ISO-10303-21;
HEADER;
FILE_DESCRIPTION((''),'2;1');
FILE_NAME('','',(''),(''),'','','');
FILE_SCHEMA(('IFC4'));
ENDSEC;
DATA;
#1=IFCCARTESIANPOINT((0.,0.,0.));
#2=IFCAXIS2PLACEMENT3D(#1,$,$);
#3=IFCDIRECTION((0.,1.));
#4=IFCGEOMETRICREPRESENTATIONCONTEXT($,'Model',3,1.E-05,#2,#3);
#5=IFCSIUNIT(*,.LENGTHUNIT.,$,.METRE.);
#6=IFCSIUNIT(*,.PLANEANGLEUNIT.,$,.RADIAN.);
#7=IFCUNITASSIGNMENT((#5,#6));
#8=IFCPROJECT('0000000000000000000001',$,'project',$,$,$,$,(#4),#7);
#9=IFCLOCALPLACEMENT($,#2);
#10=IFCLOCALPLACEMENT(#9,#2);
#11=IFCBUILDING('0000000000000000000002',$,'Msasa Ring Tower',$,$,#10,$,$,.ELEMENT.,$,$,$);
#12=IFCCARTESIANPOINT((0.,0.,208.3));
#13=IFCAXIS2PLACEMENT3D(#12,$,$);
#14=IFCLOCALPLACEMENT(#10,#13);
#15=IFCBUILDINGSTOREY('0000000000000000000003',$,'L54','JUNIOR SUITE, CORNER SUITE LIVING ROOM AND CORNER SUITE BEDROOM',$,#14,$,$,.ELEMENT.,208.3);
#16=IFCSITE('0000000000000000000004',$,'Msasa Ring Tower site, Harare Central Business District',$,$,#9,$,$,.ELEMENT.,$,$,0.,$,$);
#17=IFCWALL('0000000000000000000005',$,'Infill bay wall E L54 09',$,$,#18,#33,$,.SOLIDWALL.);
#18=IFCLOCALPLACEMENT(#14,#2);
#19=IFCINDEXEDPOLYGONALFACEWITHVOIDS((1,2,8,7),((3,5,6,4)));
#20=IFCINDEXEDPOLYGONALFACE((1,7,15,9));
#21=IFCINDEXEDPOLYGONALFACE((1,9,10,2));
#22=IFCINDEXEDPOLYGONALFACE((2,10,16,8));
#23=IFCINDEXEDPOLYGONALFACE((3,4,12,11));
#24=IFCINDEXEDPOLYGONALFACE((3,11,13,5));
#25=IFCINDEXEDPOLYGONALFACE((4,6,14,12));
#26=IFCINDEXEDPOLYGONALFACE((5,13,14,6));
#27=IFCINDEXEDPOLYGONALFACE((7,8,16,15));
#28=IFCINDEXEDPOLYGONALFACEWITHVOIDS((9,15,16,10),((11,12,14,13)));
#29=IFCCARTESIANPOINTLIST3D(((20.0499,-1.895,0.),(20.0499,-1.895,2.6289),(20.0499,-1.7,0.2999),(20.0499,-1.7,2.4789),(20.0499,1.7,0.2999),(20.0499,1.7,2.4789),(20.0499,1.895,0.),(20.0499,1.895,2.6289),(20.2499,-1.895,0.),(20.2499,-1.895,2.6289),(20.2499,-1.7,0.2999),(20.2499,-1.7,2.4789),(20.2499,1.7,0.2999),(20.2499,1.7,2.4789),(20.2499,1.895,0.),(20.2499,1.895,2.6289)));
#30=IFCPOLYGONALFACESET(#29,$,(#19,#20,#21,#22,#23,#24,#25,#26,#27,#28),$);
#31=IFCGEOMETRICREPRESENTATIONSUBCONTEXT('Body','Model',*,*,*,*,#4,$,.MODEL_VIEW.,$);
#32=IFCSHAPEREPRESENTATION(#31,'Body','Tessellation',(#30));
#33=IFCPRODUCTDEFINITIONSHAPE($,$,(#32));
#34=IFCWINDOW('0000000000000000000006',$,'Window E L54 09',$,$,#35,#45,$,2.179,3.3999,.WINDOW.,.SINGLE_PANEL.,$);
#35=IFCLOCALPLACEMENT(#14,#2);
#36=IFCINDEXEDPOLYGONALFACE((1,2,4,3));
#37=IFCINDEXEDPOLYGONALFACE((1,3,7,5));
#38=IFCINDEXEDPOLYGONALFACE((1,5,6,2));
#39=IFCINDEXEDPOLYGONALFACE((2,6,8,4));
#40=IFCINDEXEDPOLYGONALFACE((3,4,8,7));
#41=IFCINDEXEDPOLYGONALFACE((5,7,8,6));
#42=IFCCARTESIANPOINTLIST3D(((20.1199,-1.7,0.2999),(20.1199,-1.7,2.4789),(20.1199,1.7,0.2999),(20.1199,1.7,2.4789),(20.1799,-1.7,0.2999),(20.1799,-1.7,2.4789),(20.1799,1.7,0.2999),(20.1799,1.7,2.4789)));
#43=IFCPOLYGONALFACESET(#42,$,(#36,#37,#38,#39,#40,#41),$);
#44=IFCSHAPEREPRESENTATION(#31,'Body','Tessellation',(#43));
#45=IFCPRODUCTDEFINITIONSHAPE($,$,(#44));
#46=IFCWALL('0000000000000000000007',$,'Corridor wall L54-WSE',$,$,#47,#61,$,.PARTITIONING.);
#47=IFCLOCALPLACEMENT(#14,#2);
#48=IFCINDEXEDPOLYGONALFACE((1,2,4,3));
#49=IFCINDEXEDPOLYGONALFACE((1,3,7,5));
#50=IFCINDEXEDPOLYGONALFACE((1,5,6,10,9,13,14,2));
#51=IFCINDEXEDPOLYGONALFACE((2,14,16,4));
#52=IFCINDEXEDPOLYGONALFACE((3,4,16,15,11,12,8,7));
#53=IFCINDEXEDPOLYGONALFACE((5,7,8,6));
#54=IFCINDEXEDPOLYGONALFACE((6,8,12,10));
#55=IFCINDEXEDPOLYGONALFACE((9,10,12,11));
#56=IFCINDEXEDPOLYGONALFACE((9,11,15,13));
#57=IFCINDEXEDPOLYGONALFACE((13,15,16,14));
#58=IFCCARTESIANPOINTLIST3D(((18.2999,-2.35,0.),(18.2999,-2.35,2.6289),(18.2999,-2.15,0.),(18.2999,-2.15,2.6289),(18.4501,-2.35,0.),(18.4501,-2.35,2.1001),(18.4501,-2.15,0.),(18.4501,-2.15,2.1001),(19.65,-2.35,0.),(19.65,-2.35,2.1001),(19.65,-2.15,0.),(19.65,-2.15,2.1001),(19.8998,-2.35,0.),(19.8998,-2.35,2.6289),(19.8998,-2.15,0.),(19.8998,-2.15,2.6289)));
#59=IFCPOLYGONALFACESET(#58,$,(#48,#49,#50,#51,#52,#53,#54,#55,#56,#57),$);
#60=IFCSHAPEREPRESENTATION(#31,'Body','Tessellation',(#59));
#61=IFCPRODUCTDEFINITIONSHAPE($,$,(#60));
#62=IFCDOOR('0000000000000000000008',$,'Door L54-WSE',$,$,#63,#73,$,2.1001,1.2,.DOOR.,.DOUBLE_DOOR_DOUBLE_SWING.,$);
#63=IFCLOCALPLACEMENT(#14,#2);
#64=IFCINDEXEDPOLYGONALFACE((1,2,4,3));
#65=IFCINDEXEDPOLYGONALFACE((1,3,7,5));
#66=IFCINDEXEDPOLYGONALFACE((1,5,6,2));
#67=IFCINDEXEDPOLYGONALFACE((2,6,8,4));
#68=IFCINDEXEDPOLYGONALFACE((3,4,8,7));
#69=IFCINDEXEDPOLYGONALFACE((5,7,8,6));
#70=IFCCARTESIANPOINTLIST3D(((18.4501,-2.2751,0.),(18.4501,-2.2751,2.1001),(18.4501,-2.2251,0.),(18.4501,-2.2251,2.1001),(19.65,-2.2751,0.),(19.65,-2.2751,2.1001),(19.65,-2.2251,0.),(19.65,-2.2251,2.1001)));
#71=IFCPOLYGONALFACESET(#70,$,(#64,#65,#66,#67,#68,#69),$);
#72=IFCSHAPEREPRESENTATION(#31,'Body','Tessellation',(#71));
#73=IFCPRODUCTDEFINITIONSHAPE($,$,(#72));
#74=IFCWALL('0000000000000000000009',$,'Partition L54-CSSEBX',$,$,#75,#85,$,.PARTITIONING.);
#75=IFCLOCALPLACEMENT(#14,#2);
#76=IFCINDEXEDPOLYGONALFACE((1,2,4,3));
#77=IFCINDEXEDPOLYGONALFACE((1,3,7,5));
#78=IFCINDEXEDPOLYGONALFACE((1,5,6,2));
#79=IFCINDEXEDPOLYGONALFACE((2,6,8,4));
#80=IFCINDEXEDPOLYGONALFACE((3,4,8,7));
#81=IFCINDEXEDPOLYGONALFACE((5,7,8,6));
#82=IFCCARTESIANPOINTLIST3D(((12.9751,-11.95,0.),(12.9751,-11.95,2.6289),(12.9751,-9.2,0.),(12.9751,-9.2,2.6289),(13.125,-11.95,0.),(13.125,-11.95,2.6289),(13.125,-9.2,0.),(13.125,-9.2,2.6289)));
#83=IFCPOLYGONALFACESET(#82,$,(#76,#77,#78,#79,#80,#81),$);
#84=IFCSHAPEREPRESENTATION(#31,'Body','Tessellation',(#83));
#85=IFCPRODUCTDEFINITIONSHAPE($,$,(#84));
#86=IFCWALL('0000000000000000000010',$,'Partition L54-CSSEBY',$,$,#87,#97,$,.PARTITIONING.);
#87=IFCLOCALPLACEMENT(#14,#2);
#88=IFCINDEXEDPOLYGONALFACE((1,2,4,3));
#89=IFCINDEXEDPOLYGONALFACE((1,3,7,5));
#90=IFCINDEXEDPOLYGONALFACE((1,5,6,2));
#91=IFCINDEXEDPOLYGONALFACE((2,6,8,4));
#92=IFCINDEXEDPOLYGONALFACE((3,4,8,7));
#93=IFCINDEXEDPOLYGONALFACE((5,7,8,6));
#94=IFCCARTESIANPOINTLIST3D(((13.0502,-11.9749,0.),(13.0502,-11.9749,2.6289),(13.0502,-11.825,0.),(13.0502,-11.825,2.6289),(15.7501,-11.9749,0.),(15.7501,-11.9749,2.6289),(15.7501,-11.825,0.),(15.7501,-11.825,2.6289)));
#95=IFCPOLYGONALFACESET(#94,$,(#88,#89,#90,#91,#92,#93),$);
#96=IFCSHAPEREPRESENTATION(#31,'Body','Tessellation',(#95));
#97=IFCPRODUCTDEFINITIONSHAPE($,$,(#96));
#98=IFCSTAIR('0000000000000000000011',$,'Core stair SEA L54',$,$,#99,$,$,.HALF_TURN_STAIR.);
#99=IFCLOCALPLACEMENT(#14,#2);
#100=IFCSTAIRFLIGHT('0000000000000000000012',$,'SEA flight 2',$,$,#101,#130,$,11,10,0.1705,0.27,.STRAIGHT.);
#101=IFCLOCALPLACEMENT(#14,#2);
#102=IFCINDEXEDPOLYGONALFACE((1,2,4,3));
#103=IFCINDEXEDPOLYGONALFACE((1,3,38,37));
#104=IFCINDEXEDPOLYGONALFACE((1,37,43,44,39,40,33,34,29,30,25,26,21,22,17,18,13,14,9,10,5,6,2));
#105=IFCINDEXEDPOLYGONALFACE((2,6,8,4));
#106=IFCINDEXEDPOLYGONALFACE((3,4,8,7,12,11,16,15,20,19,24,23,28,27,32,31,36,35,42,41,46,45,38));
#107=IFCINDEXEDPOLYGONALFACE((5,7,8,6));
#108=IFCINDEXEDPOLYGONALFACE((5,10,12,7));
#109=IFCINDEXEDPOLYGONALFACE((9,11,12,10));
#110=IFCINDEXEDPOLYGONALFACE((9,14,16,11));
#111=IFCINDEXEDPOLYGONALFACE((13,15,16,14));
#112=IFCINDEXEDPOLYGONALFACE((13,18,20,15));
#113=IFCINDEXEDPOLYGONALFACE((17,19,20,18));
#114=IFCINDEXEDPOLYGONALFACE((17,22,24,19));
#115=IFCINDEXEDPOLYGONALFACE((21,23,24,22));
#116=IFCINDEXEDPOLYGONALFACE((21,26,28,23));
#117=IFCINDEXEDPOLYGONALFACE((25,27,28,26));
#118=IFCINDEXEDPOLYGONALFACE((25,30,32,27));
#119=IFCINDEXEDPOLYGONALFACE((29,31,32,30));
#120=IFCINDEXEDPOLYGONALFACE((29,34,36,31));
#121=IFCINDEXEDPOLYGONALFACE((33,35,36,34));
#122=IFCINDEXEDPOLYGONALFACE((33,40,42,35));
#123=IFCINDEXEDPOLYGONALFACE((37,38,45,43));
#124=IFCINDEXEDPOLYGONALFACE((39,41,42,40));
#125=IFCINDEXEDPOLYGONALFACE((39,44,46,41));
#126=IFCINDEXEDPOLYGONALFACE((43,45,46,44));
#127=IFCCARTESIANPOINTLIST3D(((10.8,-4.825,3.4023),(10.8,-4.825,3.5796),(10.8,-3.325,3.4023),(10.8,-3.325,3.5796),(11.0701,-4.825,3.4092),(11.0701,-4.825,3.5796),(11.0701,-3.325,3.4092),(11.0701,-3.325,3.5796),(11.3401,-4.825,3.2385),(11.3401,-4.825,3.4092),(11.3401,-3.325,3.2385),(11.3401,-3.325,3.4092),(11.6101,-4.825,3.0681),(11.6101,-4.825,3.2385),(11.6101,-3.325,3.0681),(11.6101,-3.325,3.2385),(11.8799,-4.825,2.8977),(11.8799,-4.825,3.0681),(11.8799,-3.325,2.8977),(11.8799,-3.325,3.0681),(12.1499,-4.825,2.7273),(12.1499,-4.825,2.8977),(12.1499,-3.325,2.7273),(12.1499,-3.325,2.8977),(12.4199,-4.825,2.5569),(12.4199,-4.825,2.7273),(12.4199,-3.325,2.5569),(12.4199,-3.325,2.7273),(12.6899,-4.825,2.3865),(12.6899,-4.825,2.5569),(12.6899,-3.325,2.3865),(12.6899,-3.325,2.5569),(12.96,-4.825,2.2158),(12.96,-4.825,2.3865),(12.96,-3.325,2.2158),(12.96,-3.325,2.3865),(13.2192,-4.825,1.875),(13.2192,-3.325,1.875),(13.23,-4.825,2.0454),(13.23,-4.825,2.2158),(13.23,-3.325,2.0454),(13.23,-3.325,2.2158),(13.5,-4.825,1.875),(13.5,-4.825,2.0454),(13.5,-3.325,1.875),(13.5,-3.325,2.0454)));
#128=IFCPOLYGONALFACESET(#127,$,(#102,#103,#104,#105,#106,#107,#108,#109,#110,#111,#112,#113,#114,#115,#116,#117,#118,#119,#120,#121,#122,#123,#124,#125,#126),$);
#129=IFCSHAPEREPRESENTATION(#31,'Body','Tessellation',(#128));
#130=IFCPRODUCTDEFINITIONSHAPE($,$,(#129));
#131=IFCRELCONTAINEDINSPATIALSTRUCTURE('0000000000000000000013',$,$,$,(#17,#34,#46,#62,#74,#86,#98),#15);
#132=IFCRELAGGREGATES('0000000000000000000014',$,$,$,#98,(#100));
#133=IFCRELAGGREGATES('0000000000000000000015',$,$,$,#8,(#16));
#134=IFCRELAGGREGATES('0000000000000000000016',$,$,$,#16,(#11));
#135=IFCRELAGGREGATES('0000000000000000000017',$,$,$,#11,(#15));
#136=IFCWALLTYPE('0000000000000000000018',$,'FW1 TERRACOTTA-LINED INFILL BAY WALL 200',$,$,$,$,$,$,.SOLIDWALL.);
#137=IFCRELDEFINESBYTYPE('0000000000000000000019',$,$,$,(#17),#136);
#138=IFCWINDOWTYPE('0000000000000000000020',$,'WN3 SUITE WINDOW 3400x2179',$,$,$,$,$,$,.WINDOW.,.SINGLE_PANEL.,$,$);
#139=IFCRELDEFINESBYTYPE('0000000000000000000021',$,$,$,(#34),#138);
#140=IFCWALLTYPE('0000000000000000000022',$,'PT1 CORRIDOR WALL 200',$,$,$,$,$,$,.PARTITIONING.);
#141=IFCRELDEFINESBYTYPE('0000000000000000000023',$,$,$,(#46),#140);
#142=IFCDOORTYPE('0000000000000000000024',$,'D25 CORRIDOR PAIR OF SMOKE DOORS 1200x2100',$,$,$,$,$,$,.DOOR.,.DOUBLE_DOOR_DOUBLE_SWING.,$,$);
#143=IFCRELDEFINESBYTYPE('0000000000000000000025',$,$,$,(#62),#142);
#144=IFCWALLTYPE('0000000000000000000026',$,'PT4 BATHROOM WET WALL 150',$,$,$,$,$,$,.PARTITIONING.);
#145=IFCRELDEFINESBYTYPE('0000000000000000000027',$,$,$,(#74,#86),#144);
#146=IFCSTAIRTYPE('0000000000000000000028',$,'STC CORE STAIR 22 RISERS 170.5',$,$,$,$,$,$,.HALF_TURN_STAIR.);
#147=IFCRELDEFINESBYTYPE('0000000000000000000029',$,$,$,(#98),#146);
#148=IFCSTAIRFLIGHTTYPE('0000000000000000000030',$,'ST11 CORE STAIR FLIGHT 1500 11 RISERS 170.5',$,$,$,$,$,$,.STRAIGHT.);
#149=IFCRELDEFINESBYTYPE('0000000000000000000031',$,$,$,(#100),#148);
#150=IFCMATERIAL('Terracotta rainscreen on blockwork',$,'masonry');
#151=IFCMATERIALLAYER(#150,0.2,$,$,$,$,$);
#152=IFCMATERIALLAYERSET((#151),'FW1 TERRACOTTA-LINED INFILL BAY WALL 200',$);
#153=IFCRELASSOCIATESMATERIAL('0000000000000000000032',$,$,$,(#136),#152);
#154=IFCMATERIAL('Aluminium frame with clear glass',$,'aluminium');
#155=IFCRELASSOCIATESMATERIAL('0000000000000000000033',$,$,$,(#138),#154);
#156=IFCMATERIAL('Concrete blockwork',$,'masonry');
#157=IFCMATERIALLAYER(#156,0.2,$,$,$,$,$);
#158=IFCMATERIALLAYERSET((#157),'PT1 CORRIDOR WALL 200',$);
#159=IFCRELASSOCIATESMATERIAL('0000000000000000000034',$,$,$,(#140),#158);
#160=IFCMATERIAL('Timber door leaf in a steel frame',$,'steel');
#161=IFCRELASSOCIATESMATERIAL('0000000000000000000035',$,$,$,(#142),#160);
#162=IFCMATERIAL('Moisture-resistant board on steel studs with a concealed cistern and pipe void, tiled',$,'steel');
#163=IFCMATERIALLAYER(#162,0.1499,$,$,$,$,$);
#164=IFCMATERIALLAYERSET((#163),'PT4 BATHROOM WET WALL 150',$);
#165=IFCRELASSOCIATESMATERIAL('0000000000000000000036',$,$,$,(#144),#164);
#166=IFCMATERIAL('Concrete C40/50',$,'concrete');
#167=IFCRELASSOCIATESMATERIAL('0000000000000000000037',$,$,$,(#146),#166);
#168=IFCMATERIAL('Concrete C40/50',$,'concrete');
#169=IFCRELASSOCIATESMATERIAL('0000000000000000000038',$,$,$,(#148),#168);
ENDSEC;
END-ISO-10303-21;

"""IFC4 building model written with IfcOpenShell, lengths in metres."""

from ifc_helpers import new_model, si_unit, direction, frame, frame_2d, origin, place, context, subcontext, project, spatial, polyline, rectangle, outline, extrude, material, layer, layer_set, type_object, element, fill, aggregate, save


model = new_model("IFC4")

# Units and contexts
model_context = context("Model", 3, precision=1e-05, world=origin(), true_north=direction((0.0, 1.0)))
body_context = subcontext(model_context, "Body", "Model", "MODEL_VIEW")
ifc_project = project(units=[si_unit("LENGTHUNIT", "METRE"), si_unit("PLANEANGLEUNIT", "RADIAN")], contexts=[model_context])

# Site, building, storey
site_placement = place(None, origin())
site = spatial("IfcSite", under=ifc_project, at=site_placement, Name="Msasa Ring Tower site, Harare Central Business District", CompositionType="ELEMENT", RefElevation=0.0)
building_placement = place(site_placement, origin())
building = spatial("IfcBuilding", under=site, at=building_placement, Name="Msasa Ring Tower", CompositionType="ELEMENT")
storey_placement = place(building_placement, frame((0.0, 0.0, 208.3)))
storey = spatial("IfcBuildingStorey", under=building, at=storey_placement, Name="L54", Description="JUNIOR SUITE, CORNER SUITE LIVING ROOM AND CORNER SUITE BEDROOM", CompositionType="ELEMENT", Elevation=208.3)

# Wall, opening, window
ifc_material_1 = material(Name="Terracotta rainscreen on blockwork", Category="masonry")
ifc_layer_1 = layer(ifc_material_1, 0.2)
ifc_layer_set_1 = layer_set([ifc_layer_1], Name="FW1 TERRACOTTA-LINED INFILL BAY WALL 200")
wall_type_1 = type_object("IfcWallType", Name="FW1 TERRACOTTA-LINED INFILL BAY WALL 200", PredefinedType="SOLIDWALL", material=ifc_layer_set_1)
ifc_material_2 = material(Name="Aluminium frame with clear glass", Category="aluminium")
window_type = type_object("IfcWindowType", Name="WN3 SUITE WINDOW 3400x2179", PartitioningType="SINGLE_PANEL", PredefinedType="WINDOW", material=ifc_material_2)
wall_1_placement = place(storey_placement, frame((20.1499, -1.895, 0.0), z_axis=(0.0, 0.0, 1.0), x_axis=(0.0, 1.0, 0.0)))
wall_1 = element("IfcWall", 1, at=wall_1_placement, inside=storey, type_object=wall_type_1, Name="Infill bay wall E L54 09", PredefinedType="SOLIDWALL", context=body_context, shape_type="SweptSolid", body=[
    extrude(rectangle(XDim=3.79, YDim=0.2, at=frame_2d((1.895, 0.0))), origin(), (0.0, 0.0, 1.0), 2.6289),
])
opening_1_placement = place(wall_1_placement, frame((0.1951, 0.0, 0.3)))
opening_1 = element("IfcOpeningElement", 2, at=opening_1_placement, cuts=wall_1, PredefinedType="OPENING", context=body_context, shape_type="SweptSolid", body=[
    extrude(rectangle(XDim=3.3999, YDim=2.179, at=frame_2d((1.7, 1.0894))), frame((0.0, 0.1099, 0.0), z_axis=(0.0, -1.0, 0.0), x_axis=(1.0, 0.0, 0.0)), (0.0, 0.0, 1.0), 0.22),
])
window_1_placement = place(opening_1_placement, origin())
window_1 = element("IfcWindow", 3, at=window_1_placement, inside=storey, type_object=window_type, Name="Window E L54 09", OverallHeight=2.179, OverallWidth=3.3999, PartitioningType="SINGLE_PANEL", PredefinedType="WINDOW", context=body_context, shape_type="SweptSolid", body=[
    extrude(rectangle(XDim=3.3999, YDim=2.179, at=frame_2d((1.7, 1.0894))), frame((0.0, 0.03, 0.0), z_axis=(0.0, -1.0, 0.0), x_axis=(1.0, 0.0, 0.0)), (0.0, 0.0, 1.0), 0.0601),
])
fill(opening_1, window_1)

# Wall, opening, door
ifc_material_3 = material(Name="Concrete blockwork", Category="masonry")
ifc_layer_2 = layer(ifc_material_3, 0.2)
ifc_layer_set_2 = layer_set([ifc_layer_2], Name="PT1 CORRIDOR WALL 200")
wall_type_2 = type_object("IfcWallType", Name="PT1 CORRIDOR WALL 200", PredefinedType="PARTITIONING", material=ifc_layer_set_2)
wall_2_placement = place(storey_placement, frame((18.3, -2.25, 0.0), z_axis=(0.0, 0.0, 1.0), x_axis=(1.0, 0.0, 0.0)))
wall_2 = element("IfcWall", 4, at=wall_2_placement, inside=storey, type_object=wall_type_2, Name="Corridor wall L54-WSE", PredefinedType="PARTITIONING", context=body_context, shape_type="SweptSolid", body=[
    extrude(rectangle(XDim=1.5999, YDim=0.2, at=frame_2d((0.7998, 0.0))), origin(), (0.0, 0.0, 1.0), 2.6289),
])
opening_2_placement = place(wall_2_placement, frame((0.1499, 0.0, 0.0)))
opening_2 = element("IfcOpeningElement", 5, at=opening_2_placement, cuts=wall_2, PredefinedType="OPENING", context=body_context, shape_type="SweptSolid", body=[
    extrude(rectangle(XDim=1.2, YDim=2.1001, at=frame_2d((0.6001, 1.05))), frame((0.0, 0.1099, 0.0), z_axis=(0.0, -1.0, 0.0), x_axis=(1.0, 0.0, 0.0)), (0.0, 0.0, 1.0), 0.22),
])
ifc_material_4 = material(Name="Timber door leaf in a steel frame", Category="steel")
door_type_1 = type_object("IfcDoorType", Name="D25 CORRIDOR PAIR OF SMOKE DOORS 1200x2100", OperationType="DOUBLE_DOOR_DOUBLE_SWING", PredefinedType="DOOR", material=ifc_material_4)
door_1_placement = place(opening_2_placement, origin())
door_1 = element("IfcDoor", 6, at=door_1_placement, inside=storey, type_object=door_type_1, Name="Door L54-WSE", OperationType="DOUBLE_DOOR_DOUBLE_SWING", OverallHeight=2.1001, OverallWidth=1.2, PredefinedType="DOOR", context=body_context, shape_type="SweptSolid", body=[
    extrude(rectangle(XDim=1.2, YDim=2.1001, at=frame_2d((0.6001, 1.05))), frame((0.0, 0.0249, 0.0), z_axis=(0.0, -1.0, 0.0), x_axis=(1.0, 0.0, 0.0)), (0.0, 0.0, 1.0), 0.05),
])
fill(opening_2, door_1)

# Walls
ifc_material_5 = material(Name="Moisture-resistant board on steel studs with a concealed cistern and pipe void, tiled", Category="steel")
ifc_layer_3 = layer(ifc_material_5, 0.1499)
ifc_layer_set_3 = layer_set([ifc_layer_3], Name="PT4 BATHROOM WET WALL 150")
wall_type_3 = type_object("IfcWallType", Name="PT4 BATHROOM WET WALL 150", PredefinedType="PARTITIONING", material=ifc_layer_set_3)
wall_3_placement = place(storey_placement, frame((13.05, -11.95, 0.0), z_axis=(0.0, 0.0, 1.0), x_axis=(0.0, 1.0, 0.0)))
element("IfcWall", 7, at=wall_3_placement, inside=storey, type_object=wall_type_3, Name="Partition L54-CSSEBX", PredefinedType="PARTITIONING", context=body_context, shape_type="SweptSolid", body=[
    extrude(rectangle(XDim=2.75, YDim=0.1499, at=frame_2d((1.375, 0.0))), origin(), (0.0, 0.0, 1.0), 2.6289),
])
wall_4_placement = place(storey_placement, frame((13.05, -11.8999, 0.0), z_axis=(0.0, 0.0, 1.0), x_axis=(1.0, 0.0, 0.0)))
element("IfcWall", 8, at=wall_4_placement, inside=storey, type_object=wall_type_3, Name="Partition L54-CSSEBY", PredefinedType="PARTITIONING", context=body_context, shape_type="SweptSolid", body=[
    extrude(rectangle(XDim=2.7, YDim=0.1499, at=frame_2d((1.3501, 0.0))), origin(), (0.0, 0.0, 1.0), 2.6289),
])

# Stair, stair flight
ifc_material_6 = material(Name="Concrete C40/50", Category="concrete")
stair_type = type_object("IfcStairType", Name="STC CORE STAIR 22 RISERS 170.5", PredefinedType="HALF_TURN_STAIR", material=ifc_material_6)
stair_placement = place(storey_placement, origin())
stair = element("IfcStair", 9, at=stair_placement, inside=storey, type_object=stair_type, Name="Core stair SEA L54", PredefinedType="HALF_TURN_STAIR")
ifc_material_7 = material(Name="Concrete C40/50", Category="concrete")
stair_flight_type = type_object("IfcStairFlightType", Name="ST11 CORE STAIR FLIGHT 1500 11 RISERS 170.5", PredefinedType="STRAIGHT", material=ifc_material_7)
stair_flight_placement = place(storey_placement, frame((13.5, -4.075, 1.875), z_axis=(0.0, 0.0, 1.0), x_axis=(-1.0, 0.0, 0.0)))
stair_flight = element("IfcStairFlight", 10, at=stair_flight_placement, type_object=stair_flight_type, Name="SEA flight 2", NumberOfRisers=11, NumberOfTreads=10, PredefinedType="STRAIGHT", RiserHeight=0.1705, TreadLength=0.27, context=body_context, shape_type="SweptSolid", body=[
    extrude(outline(polyline([(0.0, 0.0), (0.0, 0.1704), (0.27, 0.1704), (0.27, 0.3408), (0.54, 0.3408), (0.54, 0.5115), (0.8101, 0.5115), (0.8101, 0.6819), (1.0801, 0.6819), (1.0801, 0.8523), (1.3501, 0.8523), (1.3501, 1.0227), (1.6201, 1.0227), (1.6201, 1.1931), (1.8899, 1.1931), (1.8899, 1.3635), (2.1599, 1.3635), (2.1599, 1.5342), (2.4299, 1.5342), (2.4299, 1.7046), (2.7, 1.7046), (2.7, 1.875), (2.7, 1.5273), (0.2808, 0.0), (0.0, 0.0)])), frame((0.0, 0.75, 0.0), z_axis=(0.0, -1.0, 0.0), x_axis=(1.0, 0.0, 0.0)), (0.0, 0.0, 1.0), 1.5),
])
aggregate(stair, [stair_flight])

save(model, "model.ifc")
